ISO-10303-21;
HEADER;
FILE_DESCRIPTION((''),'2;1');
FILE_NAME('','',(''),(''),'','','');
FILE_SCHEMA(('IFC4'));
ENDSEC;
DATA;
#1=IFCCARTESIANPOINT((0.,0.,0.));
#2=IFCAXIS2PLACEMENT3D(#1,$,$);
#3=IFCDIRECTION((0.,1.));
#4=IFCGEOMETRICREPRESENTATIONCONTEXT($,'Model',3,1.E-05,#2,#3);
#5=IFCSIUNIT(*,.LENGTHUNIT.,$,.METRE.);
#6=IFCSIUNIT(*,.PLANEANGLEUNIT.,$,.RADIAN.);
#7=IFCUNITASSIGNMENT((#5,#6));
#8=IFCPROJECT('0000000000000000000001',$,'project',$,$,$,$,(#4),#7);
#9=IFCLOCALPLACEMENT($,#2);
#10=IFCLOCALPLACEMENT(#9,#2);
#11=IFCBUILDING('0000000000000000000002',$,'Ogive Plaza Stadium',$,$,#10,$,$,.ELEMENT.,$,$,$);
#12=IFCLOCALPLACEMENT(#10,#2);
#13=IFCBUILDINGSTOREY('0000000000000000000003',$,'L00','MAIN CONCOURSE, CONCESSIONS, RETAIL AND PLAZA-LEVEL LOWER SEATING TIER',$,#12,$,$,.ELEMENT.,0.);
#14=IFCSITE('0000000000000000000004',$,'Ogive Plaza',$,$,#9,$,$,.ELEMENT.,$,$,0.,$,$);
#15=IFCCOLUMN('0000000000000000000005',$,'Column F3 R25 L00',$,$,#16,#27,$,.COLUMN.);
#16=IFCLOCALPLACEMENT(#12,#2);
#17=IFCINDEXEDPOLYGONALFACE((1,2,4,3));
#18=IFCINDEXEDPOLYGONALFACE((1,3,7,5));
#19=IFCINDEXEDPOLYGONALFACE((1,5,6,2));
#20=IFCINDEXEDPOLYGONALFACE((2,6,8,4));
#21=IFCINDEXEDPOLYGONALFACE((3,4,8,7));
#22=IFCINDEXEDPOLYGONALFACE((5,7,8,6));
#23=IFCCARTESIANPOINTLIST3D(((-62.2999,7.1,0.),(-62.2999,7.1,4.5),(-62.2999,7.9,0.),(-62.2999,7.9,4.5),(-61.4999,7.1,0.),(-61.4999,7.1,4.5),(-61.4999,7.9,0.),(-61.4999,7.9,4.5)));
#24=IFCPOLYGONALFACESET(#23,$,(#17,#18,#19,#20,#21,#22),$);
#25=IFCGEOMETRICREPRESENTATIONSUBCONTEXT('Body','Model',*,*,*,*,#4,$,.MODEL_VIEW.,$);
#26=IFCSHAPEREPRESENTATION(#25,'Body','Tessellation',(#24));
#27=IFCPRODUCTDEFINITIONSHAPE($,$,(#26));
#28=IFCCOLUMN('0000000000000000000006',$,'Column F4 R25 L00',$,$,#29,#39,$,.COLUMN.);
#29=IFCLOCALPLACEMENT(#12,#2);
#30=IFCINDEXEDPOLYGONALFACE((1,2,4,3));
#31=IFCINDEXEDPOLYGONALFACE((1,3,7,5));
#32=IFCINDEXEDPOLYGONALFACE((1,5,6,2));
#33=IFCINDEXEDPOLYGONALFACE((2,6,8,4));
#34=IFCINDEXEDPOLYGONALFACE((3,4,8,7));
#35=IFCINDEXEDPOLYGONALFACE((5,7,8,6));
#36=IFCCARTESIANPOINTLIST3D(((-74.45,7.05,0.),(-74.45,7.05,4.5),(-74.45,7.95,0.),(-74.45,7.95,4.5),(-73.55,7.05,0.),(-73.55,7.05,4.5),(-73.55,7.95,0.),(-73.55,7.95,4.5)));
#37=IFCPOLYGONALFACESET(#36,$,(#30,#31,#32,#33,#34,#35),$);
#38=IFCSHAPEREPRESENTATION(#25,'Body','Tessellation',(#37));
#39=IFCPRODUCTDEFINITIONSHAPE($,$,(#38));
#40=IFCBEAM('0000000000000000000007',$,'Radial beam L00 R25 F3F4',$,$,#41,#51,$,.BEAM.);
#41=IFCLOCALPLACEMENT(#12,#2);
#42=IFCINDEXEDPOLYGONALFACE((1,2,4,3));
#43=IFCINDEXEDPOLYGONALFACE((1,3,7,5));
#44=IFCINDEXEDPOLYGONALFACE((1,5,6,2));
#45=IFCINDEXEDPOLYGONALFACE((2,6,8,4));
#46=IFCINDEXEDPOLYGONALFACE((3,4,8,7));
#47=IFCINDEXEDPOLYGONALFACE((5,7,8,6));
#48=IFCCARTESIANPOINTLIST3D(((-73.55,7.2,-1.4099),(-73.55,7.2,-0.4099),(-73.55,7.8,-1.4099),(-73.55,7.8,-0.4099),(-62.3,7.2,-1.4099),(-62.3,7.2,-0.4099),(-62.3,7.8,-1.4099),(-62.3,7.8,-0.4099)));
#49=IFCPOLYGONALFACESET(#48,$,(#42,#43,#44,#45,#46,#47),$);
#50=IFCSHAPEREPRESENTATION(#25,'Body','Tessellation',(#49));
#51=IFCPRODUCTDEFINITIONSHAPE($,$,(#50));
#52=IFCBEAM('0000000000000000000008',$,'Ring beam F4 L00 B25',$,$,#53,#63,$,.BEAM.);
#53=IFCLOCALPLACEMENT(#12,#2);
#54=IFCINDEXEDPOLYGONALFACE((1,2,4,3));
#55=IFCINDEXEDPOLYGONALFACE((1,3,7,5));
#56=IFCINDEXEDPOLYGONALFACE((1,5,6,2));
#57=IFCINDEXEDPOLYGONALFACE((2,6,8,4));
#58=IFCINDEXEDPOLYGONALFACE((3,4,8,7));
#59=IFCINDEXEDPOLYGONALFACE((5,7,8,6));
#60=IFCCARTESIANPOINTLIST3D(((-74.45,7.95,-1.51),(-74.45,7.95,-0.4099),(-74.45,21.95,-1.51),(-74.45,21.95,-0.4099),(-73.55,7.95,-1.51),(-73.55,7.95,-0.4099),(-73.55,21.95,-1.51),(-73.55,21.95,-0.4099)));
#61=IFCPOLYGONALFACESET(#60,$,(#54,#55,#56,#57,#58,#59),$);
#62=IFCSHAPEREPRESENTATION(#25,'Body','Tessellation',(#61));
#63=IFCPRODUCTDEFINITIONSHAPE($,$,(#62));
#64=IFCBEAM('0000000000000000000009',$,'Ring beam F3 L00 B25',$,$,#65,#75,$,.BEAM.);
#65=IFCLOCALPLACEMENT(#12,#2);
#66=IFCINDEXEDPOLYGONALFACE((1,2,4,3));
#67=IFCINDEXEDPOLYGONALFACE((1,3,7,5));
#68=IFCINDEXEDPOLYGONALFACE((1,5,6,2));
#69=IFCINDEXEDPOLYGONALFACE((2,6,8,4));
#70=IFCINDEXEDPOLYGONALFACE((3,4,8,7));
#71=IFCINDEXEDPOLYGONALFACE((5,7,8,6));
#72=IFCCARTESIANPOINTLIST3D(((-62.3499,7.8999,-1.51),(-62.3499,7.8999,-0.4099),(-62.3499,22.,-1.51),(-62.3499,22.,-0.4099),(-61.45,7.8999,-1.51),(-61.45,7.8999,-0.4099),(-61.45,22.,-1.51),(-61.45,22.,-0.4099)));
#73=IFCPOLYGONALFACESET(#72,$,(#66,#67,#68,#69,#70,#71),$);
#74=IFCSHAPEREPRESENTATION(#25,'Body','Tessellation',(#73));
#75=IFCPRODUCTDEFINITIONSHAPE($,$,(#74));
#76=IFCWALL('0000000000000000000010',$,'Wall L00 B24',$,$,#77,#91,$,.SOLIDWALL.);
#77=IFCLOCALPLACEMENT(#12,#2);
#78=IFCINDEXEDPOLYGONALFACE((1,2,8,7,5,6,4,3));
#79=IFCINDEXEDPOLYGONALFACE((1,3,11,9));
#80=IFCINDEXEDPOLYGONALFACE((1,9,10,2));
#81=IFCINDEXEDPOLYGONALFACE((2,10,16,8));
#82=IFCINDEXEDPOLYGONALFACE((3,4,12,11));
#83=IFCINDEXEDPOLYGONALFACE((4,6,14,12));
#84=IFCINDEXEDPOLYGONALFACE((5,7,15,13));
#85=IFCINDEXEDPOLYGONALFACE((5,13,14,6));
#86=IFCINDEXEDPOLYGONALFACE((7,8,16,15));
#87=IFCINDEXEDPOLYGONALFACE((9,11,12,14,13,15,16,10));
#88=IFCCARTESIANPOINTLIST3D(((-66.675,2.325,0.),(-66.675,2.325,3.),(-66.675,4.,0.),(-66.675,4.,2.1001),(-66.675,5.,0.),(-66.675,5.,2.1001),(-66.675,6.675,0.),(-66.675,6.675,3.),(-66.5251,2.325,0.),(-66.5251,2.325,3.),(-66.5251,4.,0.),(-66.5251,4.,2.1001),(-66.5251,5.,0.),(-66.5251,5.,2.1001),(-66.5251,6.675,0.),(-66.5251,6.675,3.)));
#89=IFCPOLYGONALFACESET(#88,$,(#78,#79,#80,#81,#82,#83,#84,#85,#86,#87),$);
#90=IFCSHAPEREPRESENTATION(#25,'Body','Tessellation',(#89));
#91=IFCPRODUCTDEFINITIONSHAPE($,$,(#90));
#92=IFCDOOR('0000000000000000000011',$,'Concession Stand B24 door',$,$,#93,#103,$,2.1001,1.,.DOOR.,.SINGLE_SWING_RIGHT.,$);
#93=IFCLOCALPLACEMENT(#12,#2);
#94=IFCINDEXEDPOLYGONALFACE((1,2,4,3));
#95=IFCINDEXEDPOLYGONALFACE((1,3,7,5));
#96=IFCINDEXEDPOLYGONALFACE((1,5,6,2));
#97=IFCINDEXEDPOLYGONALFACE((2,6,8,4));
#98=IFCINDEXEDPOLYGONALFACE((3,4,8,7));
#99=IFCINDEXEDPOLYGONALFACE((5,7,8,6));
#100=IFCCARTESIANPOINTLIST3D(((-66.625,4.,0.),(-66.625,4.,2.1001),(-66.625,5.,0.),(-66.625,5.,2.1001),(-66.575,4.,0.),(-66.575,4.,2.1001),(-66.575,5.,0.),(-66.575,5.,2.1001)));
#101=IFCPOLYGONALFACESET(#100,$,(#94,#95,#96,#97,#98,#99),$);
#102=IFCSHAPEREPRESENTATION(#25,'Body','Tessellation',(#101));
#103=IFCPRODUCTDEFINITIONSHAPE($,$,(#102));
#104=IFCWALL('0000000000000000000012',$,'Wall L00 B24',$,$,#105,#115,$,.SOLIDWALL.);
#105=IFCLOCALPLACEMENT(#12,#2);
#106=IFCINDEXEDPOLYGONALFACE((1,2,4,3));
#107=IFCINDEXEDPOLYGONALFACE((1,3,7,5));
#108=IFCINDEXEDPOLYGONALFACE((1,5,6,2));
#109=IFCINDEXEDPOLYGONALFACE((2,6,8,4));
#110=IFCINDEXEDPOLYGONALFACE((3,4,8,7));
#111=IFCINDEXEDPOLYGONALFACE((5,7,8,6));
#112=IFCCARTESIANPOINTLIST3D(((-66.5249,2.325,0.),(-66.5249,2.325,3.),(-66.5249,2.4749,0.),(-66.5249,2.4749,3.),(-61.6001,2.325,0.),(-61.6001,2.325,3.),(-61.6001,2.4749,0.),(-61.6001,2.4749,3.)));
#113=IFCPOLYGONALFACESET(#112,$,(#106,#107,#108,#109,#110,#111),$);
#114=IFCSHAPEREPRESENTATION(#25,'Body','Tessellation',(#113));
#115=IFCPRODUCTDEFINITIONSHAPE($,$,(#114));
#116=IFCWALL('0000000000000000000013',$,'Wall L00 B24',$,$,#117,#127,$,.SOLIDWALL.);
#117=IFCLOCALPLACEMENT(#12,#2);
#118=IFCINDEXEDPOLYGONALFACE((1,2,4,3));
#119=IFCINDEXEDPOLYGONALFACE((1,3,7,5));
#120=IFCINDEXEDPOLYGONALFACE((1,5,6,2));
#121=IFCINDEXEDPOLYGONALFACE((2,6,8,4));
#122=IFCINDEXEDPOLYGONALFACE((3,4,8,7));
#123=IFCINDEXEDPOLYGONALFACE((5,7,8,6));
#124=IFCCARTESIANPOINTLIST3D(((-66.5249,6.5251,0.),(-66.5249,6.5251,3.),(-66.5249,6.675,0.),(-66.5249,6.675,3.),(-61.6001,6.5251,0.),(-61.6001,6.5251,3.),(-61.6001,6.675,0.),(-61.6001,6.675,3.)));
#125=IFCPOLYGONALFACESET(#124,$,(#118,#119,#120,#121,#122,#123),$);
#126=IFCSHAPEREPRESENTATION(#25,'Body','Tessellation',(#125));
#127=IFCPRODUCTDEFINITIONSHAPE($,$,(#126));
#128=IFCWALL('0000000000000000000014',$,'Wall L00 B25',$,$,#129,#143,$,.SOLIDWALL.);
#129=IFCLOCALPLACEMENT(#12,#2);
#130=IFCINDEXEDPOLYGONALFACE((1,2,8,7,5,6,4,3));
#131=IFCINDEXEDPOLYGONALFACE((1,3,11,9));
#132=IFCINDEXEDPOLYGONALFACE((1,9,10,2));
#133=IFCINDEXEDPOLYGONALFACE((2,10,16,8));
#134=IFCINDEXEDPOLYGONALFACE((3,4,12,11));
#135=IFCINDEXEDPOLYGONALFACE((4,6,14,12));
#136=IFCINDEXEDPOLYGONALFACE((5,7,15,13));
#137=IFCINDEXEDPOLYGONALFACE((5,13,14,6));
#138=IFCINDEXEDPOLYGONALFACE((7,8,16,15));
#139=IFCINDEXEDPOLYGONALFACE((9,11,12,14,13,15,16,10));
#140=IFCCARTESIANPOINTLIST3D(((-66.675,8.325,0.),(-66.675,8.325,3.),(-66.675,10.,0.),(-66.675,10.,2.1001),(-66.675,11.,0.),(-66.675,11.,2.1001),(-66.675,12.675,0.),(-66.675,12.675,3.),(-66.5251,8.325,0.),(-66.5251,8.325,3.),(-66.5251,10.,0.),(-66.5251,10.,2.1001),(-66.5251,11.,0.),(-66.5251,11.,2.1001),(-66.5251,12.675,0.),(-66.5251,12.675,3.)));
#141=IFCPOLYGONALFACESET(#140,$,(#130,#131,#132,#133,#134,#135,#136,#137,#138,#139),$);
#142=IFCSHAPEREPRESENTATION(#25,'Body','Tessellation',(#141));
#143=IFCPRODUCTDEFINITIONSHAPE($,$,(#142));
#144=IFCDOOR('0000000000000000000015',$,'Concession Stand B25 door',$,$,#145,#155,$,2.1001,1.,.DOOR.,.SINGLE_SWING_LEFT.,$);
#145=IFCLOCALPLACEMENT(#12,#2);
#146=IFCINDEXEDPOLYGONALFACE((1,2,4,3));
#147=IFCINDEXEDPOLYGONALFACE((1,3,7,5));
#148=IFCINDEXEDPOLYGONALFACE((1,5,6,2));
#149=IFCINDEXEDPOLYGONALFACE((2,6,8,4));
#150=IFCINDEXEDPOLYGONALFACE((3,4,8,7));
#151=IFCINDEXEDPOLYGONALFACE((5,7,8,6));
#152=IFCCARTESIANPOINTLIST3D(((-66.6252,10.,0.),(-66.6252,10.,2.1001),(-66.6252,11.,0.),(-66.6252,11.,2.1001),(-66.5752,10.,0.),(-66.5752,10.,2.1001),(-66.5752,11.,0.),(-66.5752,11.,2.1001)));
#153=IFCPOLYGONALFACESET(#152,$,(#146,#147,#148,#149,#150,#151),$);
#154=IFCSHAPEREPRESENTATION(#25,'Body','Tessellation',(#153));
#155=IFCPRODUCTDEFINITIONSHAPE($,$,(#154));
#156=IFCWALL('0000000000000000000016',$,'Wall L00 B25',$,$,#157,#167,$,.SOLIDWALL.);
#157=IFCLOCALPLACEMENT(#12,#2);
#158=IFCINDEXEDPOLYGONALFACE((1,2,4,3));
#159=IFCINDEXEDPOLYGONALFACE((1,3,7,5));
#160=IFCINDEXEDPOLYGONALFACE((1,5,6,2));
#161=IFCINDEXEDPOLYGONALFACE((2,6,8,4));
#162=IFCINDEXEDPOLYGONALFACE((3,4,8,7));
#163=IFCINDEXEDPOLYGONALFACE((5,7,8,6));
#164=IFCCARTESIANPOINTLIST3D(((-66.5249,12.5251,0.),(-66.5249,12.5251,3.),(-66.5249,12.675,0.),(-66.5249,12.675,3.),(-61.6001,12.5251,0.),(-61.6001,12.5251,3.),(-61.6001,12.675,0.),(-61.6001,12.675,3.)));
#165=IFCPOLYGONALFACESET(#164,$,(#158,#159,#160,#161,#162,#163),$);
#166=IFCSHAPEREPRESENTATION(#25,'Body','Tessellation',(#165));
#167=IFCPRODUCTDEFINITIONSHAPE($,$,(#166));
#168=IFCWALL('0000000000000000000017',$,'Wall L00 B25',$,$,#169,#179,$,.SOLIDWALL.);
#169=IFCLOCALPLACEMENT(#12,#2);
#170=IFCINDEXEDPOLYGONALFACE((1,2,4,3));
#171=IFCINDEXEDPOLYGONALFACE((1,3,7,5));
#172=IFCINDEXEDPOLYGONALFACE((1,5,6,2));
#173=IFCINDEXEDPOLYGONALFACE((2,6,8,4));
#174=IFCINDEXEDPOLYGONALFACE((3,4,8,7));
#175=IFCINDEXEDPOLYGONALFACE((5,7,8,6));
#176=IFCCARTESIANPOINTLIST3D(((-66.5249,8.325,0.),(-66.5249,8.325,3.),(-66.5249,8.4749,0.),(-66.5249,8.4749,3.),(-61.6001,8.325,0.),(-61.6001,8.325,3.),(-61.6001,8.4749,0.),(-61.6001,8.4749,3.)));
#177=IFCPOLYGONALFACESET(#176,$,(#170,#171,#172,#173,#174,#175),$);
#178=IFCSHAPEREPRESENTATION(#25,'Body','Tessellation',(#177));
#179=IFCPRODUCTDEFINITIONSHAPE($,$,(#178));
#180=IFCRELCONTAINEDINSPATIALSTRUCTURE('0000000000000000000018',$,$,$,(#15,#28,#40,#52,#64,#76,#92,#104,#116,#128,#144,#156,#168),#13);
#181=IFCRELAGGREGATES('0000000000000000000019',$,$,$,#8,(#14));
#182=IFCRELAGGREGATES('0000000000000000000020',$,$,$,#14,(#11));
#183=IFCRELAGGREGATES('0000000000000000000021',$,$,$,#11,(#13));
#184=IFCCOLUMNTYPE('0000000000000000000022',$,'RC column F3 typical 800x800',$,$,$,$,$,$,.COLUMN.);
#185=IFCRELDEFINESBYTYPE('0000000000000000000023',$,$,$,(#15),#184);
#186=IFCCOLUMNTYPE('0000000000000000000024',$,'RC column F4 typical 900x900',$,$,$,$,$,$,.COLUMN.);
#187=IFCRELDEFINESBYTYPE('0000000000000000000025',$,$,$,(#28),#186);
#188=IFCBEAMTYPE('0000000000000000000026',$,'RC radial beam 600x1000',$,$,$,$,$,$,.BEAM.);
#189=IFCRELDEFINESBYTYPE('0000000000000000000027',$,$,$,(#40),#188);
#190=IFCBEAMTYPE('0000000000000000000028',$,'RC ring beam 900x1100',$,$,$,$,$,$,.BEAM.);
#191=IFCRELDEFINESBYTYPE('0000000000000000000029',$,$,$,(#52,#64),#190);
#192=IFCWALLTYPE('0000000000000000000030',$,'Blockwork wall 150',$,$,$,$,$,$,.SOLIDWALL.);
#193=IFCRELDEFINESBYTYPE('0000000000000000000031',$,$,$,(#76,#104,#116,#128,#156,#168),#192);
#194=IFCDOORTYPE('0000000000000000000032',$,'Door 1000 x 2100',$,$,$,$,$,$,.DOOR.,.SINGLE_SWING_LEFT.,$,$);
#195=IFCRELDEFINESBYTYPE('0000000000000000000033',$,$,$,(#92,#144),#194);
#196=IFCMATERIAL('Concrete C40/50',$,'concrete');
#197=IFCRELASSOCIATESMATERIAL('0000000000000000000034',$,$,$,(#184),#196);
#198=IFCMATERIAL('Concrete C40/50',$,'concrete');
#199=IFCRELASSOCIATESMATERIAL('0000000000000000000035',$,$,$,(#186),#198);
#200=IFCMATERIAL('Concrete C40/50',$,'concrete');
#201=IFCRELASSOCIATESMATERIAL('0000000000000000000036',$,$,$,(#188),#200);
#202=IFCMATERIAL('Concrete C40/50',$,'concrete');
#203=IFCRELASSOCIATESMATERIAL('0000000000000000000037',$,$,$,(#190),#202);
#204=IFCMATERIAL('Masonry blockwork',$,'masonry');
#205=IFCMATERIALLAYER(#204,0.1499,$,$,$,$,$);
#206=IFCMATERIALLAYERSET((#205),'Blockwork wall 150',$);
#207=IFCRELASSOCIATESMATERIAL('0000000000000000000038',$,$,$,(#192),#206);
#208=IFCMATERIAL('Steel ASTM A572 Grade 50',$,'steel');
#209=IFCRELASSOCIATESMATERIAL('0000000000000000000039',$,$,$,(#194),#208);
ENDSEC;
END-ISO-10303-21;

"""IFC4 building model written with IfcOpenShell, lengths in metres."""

from ifc_helpers import new_model, si_unit, direction, frame, frame_2d, origin, origin_2d, place, context, subcontext, project, spatial, rectangle, extrude, material, layer, layer_set, material_profile, profile_set, type_object, element, fill, save


model = new_model("IFC4")

# Units and contexts
model_context = context("Model", 3, precision=1e-05, world=origin(), true_north=direction((0.0, 1.0)))
body_context = subcontext(model_context, "Body", "Model", "MODEL_VIEW")
ifc_project = project(units=[si_unit("LENGTHUNIT", "METRE"), si_unit("PLANEANGLEUNIT", "RADIAN")], contexts=[model_context])

# Site, building, storey
site_placement = place(None, origin())
site = spatial("IfcSite", under=ifc_project, at=site_placement, Name="Ogive Plaza", CompositionType="ELEMENT", RefElevation=0.0)
building_placement = place(site_placement, origin())
building = spatial("IfcBuilding", under=site, at=building_placement, Name="Ogive Plaza Stadium", CompositionType="ELEMENT")
storey_placement = place(building_placement, origin())
storey = spatial("IfcBuildingStorey", under=building, at=storey_placement, Name="L00", Description="MAIN CONCOURSE, CONCESSIONS, RETAIL AND PLAZA-LEVEL LOWER SEATING TIER", CompositionType="ELEMENT", Elevation=0.0)

# Columns
ifc_material_1 = material(Name="Concrete C40/50", Category="concrete")
ifc_material_profile_1 = material_profile(ifc_material_1, rectangle(XDim=0.8, YDim=0.8, at=origin_2d()), Name="RC 800x800")
ifc_profile_set_1 = profile_set([ifc_material_profile_1], Name="Concrete C40/50")
column_type_1 = type_object("IfcColumnType", Name="RC column F3 typical 800x800", PredefinedType="COLUMN", material=ifc_profile_set_1)
column_1_placement = place(storey_placement, frame((-61.8999, 7.5, 0.0), z_axis=(0.0, 0.0, 1.0), x_axis=(0.0, -1.0, 0.0)))
element("IfcColumn", 1, at=column_1_placement, inside=storey, type_object=column_type_1, Name="Column F3 R25 L00", PredefinedType="COLUMN", context=body_context, shape_type="SweptSolid", body=[
    extrude(rectangle(XDim=0.8, YDim=0.8, at=origin_2d()), origin(), (0.0, 0.0, 1.0), 4.5),
])
ifc_material_2 = material(Name="Concrete C40/50", Category="concrete")
ifc_material_profile_2 = material_profile(ifc_material_2, rectangle(XDim=0.8999, YDim=0.8999, at=origin_2d()), Name="RC 900x900")
ifc_profile_set_2 = profile_set([ifc_material_profile_2], Name="Concrete C40/50")
column_type_2 = type_object("IfcColumnType", Name="RC column F4 typical 900x900", PredefinedType="COLUMN", material=ifc_profile_set_2)
column_2_placement = place(storey_placement, frame((-74.0, 7.5, 0.0), z_axis=(0.0, 0.0, 1.0), x_axis=(0.0, -1.0, 0.0)))
element("IfcColumn", 2, at=column_2_placement, inside=storey, type_object=column_type_2, Name="Column F4 R25 L00", PredefinedType="COLUMN", context=body_context, shape_type="SweptSolid", body=[
    extrude(rectangle(XDim=0.8999, YDim=0.8999, at=origin_2d()), origin(), (0.0, 0.0, 1.0), 4.5),
])

# Beams
ifc_material_3 = material(Name="Concrete C40/50", Category="concrete")
ifc_material_profile_3 = material_profile(ifc_material_3, rectangle(XDim=0.6001, YDim=1.0, at=origin_2d()), Name="RC 600x1000")
ifc_profile_set_3 = profile_set([ifc_material_profile_3], Name="Concrete C40/50")
beam_type_1 = type_object("IfcBeamType", Name="RC radial beam 600x1000", PredefinedType="BEAM", material=ifc_profile_set_3)
beam_1_placement = place(storey_placement, frame((-62.3, 7.5, -0.9099), z_axis=(-1.0, 0.0, 0.0), x_axis=(0.0, -1.0, 0.0)))
element("IfcBeam", 3, at=beam_1_placement, inside=storey, type_object=beam_type_1, Name="Radial beam L00 R25 F3F4", PredefinedType="BEAM", context=body_context, shape_type="SweptSolid", body=[
    extrude(rectangle(XDim=0.6001, YDim=1.0, at=origin_2d()), origin(), (0.0, 0.0, 1.0), 11.25),
])
ifc_material_4 = material(Name="Concrete C40/50", Category="concrete")
ifc_material_profile_4 = material_profile(ifc_material_4, rectangle(XDim=0.8999, YDim=1.1001, at=origin_2d()), Name="RC 900x1100")
ifc_profile_set_4 = profile_set([ifc_material_profile_4], Name="Concrete C40/50")
beam_type_2 = type_object("IfcBeamType", Name="RC ring beam 900x1100", PredefinedType="BEAM", material=ifc_profile_set_4)
beam_2_placement = place(storey_placement, frame((-74.0, 7.95, -0.96), z_axis=(0.0, 1.0, 0.0), x_axis=(-1.0, 0.0, 0.0)))
element("IfcBeam", 4, at=beam_2_placement, inside=storey, type_object=beam_type_2, Name="Ring beam F4 L00 B25", PredefinedType="BEAM", context=body_context, shape_type="SweptSolid", body=[
    extrude(rectangle(XDim=0.8999, YDim=1.1001, at=origin_2d()), origin(), (0.0, 0.0, 1.0), 14.0),
])
beam_3_placement = place(storey_placement, frame((-61.8999, 7.8999, -0.96), z_axis=(0.0, 1.0, 0.0), x_axis=(-1.0, 0.0, 0.0)))
element("IfcBeam", 5, at=beam_3_placement, inside=storey, type_object=beam_type_2, Name="Ring beam F3 L00 B25", PredefinedType="BEAM", context=body_context, shape_type="SweptSolid", body=[
    extrude(rectangle(XDim=0.8999, YDim=1.1001, at=origin_2d()), origin(), (0.0, 0.0, 1.0), 14.1001),
])

# Wall, opening, door
ifc_material_5 = material(Name="Masonry blockwork", Category="masonry")
ifc_layer_1 = layer(ifc_material_5, 0.1499)
ifc_layer_set_1 = layer_set([ifc_layer_1], Name="Blockwork wall 150")
wall_type_1 = type_object("IfcWallType", Name="Blockwork wall 150", PredefinedType="SOLIDWALL", material=ifc_layer_set_1)
wall_1_placement = place(storey_placement, frame((-66.6001, 2.325, 0.0), z_axis=(0.0, 0.0, 1.0), x_axis=(0.0, 1.0, 0.0)))
wall_1 = element("IfcWall", 6, at=wall_1_placement, inside=storey, type_object=wall_type_1, Name="Wall L00 B24", PredefinedType="SOLIDWALL", context=body_context, shape_type="SweptSolid", body=[
    extrude(rectangle(XDim=4.3501, YDim=0.1499, at=frame_2d((2.175, 0.0))), origin(), (0.0, 0.0, 1.0), 3.0),
])
opening_1_placement = place(wall_1_placement, frame((1.675, 0.0, 0.0)))
opening_1 = element("IfcOpeningElement", 7, at=opening_1_placement, cuts=wall_1, PredefinedType="OPENING", context=body_context, shape_type="SweptSolid", body=[
    extrude(rectangle(XDim=1.0, YDim=2.1001, at=frame_2d((0.5, 1.05))), frame((0.0, 0.075, 0.0), z_axis=(0.0, -1.0, 0.0), x_axis=(1.0, 0.0, 0.0)), (0.0, 0.0, 1.0), 0.1499),
])
ifc_material_6 = material(Name="Steel ASTM A572 Grade 50", Category="steel")
door_type_1 = type_object("IfcDoorType", Name="Door 1000 x 2100", OperationType="SINGLE_SWING_LEFT", PredefinedType="DOOR", material=ifc_material_6)
door_1_placement = place(opening_1_placement, origin())
door_1 = element("IfcDoor", 8, at=door_1_placement, inside=storey, type_object=door_type_1, Name="Concession Stand B24 door", OperationType="SINGLE_SWING_RIGHT", OverallHeight=2.1001, OverallWidth=1.0, PredefinedType="DOOR", context=body_context, shape_type="SweptSolid", body=[
    extrude(rectangle(XDim=1.0, YDim=2.1001, at=frame_2d((0.5, 1.05))), frame((0.0, 0.0249, 0.0), z_axis=(0.0, -1.0, 0.0), x_axis=(1.0, 0.0, 0.0)), (0.0, 0.0, 1.0), 0.05),
])
fill(opening_1, door_1)

# Walls
for number, where, z_axis, x_axis, name in (
    (9, (-61.6001, 2.3999, 0.0), (0.0, 0.0, 1.0), (-1.0, 0.0, 0.0), "Wall L00 B24"),
    (10, (-61.6001, 6.6001, 0.0), (0.0, 0.0, 1.0), (-1.0, 0.0, 0.0), "Wall L00 B24"),
):
    element("IfcWall", number, at=place(storey_placement, frame(where, z_axis=z_axis, x_axis=x_axis)), inside=storey, type_object=wall_type_1, Name=name, PredefinedType="SOLIDWALL", context=body_context, shape_type="SweptSolid", body=[
        extrude(rectangle(XDim=4.9248, YDim=0.1499, at=frame_2d((2.4624, 0.0))), origin(), (0.0, 0.0, 1.0), 3.0),
    ])

# Wall, opening, door
wall_2_placement = place(storey_placement, frame((-66.6001, 12.675, 0.0), z_axis=(0.0, 0.0, 1.0), x_axis=(0.0, -1.0, 0.0)))
wall_2 = element("IfcWall", 11, at=wall_2_placement, inside=storey, type_object=wall_type_1, Name="Wall L00 B25", PredefinedType="SOLIDWALL", context=body_context, shape_type="SweptSolid", body=[
    extrude(rectangle(XDim=4.3501, YDim=0.1499, at=frame_2d((2.175, 0.0))), origin(), (0.0, 0.0, 1.0), 3.0),
])
opening_2_placement = place(wall_2_placement, frame((1.675, 0.0, 0.0)))
opening_2 = element("IfcOpeningElement", 12, at=opening_2_placement, cuts=wall_2, PredefinedType="OPENING", context=body_context, shape_type="SweptSolid", body=[
    extrude(rectangle(XDim=1.0, YDim=2.1001, at=frame_2d((0.5, 1.05))), frame((0.0, 0.075, 0.0), z_axis=(0.0, -1.0, 0.0), x_axis=(1.0, 0.0, 0.0)), (0.0, 0.0, 1.0), 0.1499),
])
door_2_placement = place(opening_2_placement, origin())
door_2 = element("IfcDoor", 13, at=door_2_placement, inside=storey, type_object=door_type_1, Name="Concession Stand B25 door", OperationType="SINGLE_SWING_LEFT", OverallHeight=2.1001, OverallWidth=1.0, PredefinedType="DOOR", context=body_context, shape_type="SweptSolid", body=[
    extrude(rectangle(XDim=1.0, YDim=2.1001, at=frame_2d((0.5, 1.05))), frame((0.0, 0.0249, 0.0), z_axis=(0.0, -1.0, 0.0), x_axis=(1.0, 0.0, 0.0)), (0.0, 0.0, 1.0), 0.05),
])
fill(opening_2, door_2)

# Walls
for number, where, z_axis, x_axis, name in (
    (14, (-61.6001, 12.6001, 0.0), (0.0, 0.0, 1.0), (-1.0, 0.0, 0.0), "Wall L00 B25"),
    (15, (-61.6001, 8.3999, 0.0), (0.0, 0.0, 1.0), (-1.0, 0.0, 0.0), "Wall L00 B25"),
):
    element("IfcWall", number, at=place(storey_placement, frame(where, z_axis=z_axis, x_axis=x_axis)), inside=storey, type_object=wall_type_1, Name=name, PredefinedType="SOLIDWALL", context=body_context, shape_type="SweptSolid", body=[
        extrude(rectangle(XDim=4.9248, YDim=0.1499, at=frame_2d((2.4624, 0.0))), origin(), (0.0, 0.0, 1.0), 3.0),
    ])

save(model, "model.ifc")
